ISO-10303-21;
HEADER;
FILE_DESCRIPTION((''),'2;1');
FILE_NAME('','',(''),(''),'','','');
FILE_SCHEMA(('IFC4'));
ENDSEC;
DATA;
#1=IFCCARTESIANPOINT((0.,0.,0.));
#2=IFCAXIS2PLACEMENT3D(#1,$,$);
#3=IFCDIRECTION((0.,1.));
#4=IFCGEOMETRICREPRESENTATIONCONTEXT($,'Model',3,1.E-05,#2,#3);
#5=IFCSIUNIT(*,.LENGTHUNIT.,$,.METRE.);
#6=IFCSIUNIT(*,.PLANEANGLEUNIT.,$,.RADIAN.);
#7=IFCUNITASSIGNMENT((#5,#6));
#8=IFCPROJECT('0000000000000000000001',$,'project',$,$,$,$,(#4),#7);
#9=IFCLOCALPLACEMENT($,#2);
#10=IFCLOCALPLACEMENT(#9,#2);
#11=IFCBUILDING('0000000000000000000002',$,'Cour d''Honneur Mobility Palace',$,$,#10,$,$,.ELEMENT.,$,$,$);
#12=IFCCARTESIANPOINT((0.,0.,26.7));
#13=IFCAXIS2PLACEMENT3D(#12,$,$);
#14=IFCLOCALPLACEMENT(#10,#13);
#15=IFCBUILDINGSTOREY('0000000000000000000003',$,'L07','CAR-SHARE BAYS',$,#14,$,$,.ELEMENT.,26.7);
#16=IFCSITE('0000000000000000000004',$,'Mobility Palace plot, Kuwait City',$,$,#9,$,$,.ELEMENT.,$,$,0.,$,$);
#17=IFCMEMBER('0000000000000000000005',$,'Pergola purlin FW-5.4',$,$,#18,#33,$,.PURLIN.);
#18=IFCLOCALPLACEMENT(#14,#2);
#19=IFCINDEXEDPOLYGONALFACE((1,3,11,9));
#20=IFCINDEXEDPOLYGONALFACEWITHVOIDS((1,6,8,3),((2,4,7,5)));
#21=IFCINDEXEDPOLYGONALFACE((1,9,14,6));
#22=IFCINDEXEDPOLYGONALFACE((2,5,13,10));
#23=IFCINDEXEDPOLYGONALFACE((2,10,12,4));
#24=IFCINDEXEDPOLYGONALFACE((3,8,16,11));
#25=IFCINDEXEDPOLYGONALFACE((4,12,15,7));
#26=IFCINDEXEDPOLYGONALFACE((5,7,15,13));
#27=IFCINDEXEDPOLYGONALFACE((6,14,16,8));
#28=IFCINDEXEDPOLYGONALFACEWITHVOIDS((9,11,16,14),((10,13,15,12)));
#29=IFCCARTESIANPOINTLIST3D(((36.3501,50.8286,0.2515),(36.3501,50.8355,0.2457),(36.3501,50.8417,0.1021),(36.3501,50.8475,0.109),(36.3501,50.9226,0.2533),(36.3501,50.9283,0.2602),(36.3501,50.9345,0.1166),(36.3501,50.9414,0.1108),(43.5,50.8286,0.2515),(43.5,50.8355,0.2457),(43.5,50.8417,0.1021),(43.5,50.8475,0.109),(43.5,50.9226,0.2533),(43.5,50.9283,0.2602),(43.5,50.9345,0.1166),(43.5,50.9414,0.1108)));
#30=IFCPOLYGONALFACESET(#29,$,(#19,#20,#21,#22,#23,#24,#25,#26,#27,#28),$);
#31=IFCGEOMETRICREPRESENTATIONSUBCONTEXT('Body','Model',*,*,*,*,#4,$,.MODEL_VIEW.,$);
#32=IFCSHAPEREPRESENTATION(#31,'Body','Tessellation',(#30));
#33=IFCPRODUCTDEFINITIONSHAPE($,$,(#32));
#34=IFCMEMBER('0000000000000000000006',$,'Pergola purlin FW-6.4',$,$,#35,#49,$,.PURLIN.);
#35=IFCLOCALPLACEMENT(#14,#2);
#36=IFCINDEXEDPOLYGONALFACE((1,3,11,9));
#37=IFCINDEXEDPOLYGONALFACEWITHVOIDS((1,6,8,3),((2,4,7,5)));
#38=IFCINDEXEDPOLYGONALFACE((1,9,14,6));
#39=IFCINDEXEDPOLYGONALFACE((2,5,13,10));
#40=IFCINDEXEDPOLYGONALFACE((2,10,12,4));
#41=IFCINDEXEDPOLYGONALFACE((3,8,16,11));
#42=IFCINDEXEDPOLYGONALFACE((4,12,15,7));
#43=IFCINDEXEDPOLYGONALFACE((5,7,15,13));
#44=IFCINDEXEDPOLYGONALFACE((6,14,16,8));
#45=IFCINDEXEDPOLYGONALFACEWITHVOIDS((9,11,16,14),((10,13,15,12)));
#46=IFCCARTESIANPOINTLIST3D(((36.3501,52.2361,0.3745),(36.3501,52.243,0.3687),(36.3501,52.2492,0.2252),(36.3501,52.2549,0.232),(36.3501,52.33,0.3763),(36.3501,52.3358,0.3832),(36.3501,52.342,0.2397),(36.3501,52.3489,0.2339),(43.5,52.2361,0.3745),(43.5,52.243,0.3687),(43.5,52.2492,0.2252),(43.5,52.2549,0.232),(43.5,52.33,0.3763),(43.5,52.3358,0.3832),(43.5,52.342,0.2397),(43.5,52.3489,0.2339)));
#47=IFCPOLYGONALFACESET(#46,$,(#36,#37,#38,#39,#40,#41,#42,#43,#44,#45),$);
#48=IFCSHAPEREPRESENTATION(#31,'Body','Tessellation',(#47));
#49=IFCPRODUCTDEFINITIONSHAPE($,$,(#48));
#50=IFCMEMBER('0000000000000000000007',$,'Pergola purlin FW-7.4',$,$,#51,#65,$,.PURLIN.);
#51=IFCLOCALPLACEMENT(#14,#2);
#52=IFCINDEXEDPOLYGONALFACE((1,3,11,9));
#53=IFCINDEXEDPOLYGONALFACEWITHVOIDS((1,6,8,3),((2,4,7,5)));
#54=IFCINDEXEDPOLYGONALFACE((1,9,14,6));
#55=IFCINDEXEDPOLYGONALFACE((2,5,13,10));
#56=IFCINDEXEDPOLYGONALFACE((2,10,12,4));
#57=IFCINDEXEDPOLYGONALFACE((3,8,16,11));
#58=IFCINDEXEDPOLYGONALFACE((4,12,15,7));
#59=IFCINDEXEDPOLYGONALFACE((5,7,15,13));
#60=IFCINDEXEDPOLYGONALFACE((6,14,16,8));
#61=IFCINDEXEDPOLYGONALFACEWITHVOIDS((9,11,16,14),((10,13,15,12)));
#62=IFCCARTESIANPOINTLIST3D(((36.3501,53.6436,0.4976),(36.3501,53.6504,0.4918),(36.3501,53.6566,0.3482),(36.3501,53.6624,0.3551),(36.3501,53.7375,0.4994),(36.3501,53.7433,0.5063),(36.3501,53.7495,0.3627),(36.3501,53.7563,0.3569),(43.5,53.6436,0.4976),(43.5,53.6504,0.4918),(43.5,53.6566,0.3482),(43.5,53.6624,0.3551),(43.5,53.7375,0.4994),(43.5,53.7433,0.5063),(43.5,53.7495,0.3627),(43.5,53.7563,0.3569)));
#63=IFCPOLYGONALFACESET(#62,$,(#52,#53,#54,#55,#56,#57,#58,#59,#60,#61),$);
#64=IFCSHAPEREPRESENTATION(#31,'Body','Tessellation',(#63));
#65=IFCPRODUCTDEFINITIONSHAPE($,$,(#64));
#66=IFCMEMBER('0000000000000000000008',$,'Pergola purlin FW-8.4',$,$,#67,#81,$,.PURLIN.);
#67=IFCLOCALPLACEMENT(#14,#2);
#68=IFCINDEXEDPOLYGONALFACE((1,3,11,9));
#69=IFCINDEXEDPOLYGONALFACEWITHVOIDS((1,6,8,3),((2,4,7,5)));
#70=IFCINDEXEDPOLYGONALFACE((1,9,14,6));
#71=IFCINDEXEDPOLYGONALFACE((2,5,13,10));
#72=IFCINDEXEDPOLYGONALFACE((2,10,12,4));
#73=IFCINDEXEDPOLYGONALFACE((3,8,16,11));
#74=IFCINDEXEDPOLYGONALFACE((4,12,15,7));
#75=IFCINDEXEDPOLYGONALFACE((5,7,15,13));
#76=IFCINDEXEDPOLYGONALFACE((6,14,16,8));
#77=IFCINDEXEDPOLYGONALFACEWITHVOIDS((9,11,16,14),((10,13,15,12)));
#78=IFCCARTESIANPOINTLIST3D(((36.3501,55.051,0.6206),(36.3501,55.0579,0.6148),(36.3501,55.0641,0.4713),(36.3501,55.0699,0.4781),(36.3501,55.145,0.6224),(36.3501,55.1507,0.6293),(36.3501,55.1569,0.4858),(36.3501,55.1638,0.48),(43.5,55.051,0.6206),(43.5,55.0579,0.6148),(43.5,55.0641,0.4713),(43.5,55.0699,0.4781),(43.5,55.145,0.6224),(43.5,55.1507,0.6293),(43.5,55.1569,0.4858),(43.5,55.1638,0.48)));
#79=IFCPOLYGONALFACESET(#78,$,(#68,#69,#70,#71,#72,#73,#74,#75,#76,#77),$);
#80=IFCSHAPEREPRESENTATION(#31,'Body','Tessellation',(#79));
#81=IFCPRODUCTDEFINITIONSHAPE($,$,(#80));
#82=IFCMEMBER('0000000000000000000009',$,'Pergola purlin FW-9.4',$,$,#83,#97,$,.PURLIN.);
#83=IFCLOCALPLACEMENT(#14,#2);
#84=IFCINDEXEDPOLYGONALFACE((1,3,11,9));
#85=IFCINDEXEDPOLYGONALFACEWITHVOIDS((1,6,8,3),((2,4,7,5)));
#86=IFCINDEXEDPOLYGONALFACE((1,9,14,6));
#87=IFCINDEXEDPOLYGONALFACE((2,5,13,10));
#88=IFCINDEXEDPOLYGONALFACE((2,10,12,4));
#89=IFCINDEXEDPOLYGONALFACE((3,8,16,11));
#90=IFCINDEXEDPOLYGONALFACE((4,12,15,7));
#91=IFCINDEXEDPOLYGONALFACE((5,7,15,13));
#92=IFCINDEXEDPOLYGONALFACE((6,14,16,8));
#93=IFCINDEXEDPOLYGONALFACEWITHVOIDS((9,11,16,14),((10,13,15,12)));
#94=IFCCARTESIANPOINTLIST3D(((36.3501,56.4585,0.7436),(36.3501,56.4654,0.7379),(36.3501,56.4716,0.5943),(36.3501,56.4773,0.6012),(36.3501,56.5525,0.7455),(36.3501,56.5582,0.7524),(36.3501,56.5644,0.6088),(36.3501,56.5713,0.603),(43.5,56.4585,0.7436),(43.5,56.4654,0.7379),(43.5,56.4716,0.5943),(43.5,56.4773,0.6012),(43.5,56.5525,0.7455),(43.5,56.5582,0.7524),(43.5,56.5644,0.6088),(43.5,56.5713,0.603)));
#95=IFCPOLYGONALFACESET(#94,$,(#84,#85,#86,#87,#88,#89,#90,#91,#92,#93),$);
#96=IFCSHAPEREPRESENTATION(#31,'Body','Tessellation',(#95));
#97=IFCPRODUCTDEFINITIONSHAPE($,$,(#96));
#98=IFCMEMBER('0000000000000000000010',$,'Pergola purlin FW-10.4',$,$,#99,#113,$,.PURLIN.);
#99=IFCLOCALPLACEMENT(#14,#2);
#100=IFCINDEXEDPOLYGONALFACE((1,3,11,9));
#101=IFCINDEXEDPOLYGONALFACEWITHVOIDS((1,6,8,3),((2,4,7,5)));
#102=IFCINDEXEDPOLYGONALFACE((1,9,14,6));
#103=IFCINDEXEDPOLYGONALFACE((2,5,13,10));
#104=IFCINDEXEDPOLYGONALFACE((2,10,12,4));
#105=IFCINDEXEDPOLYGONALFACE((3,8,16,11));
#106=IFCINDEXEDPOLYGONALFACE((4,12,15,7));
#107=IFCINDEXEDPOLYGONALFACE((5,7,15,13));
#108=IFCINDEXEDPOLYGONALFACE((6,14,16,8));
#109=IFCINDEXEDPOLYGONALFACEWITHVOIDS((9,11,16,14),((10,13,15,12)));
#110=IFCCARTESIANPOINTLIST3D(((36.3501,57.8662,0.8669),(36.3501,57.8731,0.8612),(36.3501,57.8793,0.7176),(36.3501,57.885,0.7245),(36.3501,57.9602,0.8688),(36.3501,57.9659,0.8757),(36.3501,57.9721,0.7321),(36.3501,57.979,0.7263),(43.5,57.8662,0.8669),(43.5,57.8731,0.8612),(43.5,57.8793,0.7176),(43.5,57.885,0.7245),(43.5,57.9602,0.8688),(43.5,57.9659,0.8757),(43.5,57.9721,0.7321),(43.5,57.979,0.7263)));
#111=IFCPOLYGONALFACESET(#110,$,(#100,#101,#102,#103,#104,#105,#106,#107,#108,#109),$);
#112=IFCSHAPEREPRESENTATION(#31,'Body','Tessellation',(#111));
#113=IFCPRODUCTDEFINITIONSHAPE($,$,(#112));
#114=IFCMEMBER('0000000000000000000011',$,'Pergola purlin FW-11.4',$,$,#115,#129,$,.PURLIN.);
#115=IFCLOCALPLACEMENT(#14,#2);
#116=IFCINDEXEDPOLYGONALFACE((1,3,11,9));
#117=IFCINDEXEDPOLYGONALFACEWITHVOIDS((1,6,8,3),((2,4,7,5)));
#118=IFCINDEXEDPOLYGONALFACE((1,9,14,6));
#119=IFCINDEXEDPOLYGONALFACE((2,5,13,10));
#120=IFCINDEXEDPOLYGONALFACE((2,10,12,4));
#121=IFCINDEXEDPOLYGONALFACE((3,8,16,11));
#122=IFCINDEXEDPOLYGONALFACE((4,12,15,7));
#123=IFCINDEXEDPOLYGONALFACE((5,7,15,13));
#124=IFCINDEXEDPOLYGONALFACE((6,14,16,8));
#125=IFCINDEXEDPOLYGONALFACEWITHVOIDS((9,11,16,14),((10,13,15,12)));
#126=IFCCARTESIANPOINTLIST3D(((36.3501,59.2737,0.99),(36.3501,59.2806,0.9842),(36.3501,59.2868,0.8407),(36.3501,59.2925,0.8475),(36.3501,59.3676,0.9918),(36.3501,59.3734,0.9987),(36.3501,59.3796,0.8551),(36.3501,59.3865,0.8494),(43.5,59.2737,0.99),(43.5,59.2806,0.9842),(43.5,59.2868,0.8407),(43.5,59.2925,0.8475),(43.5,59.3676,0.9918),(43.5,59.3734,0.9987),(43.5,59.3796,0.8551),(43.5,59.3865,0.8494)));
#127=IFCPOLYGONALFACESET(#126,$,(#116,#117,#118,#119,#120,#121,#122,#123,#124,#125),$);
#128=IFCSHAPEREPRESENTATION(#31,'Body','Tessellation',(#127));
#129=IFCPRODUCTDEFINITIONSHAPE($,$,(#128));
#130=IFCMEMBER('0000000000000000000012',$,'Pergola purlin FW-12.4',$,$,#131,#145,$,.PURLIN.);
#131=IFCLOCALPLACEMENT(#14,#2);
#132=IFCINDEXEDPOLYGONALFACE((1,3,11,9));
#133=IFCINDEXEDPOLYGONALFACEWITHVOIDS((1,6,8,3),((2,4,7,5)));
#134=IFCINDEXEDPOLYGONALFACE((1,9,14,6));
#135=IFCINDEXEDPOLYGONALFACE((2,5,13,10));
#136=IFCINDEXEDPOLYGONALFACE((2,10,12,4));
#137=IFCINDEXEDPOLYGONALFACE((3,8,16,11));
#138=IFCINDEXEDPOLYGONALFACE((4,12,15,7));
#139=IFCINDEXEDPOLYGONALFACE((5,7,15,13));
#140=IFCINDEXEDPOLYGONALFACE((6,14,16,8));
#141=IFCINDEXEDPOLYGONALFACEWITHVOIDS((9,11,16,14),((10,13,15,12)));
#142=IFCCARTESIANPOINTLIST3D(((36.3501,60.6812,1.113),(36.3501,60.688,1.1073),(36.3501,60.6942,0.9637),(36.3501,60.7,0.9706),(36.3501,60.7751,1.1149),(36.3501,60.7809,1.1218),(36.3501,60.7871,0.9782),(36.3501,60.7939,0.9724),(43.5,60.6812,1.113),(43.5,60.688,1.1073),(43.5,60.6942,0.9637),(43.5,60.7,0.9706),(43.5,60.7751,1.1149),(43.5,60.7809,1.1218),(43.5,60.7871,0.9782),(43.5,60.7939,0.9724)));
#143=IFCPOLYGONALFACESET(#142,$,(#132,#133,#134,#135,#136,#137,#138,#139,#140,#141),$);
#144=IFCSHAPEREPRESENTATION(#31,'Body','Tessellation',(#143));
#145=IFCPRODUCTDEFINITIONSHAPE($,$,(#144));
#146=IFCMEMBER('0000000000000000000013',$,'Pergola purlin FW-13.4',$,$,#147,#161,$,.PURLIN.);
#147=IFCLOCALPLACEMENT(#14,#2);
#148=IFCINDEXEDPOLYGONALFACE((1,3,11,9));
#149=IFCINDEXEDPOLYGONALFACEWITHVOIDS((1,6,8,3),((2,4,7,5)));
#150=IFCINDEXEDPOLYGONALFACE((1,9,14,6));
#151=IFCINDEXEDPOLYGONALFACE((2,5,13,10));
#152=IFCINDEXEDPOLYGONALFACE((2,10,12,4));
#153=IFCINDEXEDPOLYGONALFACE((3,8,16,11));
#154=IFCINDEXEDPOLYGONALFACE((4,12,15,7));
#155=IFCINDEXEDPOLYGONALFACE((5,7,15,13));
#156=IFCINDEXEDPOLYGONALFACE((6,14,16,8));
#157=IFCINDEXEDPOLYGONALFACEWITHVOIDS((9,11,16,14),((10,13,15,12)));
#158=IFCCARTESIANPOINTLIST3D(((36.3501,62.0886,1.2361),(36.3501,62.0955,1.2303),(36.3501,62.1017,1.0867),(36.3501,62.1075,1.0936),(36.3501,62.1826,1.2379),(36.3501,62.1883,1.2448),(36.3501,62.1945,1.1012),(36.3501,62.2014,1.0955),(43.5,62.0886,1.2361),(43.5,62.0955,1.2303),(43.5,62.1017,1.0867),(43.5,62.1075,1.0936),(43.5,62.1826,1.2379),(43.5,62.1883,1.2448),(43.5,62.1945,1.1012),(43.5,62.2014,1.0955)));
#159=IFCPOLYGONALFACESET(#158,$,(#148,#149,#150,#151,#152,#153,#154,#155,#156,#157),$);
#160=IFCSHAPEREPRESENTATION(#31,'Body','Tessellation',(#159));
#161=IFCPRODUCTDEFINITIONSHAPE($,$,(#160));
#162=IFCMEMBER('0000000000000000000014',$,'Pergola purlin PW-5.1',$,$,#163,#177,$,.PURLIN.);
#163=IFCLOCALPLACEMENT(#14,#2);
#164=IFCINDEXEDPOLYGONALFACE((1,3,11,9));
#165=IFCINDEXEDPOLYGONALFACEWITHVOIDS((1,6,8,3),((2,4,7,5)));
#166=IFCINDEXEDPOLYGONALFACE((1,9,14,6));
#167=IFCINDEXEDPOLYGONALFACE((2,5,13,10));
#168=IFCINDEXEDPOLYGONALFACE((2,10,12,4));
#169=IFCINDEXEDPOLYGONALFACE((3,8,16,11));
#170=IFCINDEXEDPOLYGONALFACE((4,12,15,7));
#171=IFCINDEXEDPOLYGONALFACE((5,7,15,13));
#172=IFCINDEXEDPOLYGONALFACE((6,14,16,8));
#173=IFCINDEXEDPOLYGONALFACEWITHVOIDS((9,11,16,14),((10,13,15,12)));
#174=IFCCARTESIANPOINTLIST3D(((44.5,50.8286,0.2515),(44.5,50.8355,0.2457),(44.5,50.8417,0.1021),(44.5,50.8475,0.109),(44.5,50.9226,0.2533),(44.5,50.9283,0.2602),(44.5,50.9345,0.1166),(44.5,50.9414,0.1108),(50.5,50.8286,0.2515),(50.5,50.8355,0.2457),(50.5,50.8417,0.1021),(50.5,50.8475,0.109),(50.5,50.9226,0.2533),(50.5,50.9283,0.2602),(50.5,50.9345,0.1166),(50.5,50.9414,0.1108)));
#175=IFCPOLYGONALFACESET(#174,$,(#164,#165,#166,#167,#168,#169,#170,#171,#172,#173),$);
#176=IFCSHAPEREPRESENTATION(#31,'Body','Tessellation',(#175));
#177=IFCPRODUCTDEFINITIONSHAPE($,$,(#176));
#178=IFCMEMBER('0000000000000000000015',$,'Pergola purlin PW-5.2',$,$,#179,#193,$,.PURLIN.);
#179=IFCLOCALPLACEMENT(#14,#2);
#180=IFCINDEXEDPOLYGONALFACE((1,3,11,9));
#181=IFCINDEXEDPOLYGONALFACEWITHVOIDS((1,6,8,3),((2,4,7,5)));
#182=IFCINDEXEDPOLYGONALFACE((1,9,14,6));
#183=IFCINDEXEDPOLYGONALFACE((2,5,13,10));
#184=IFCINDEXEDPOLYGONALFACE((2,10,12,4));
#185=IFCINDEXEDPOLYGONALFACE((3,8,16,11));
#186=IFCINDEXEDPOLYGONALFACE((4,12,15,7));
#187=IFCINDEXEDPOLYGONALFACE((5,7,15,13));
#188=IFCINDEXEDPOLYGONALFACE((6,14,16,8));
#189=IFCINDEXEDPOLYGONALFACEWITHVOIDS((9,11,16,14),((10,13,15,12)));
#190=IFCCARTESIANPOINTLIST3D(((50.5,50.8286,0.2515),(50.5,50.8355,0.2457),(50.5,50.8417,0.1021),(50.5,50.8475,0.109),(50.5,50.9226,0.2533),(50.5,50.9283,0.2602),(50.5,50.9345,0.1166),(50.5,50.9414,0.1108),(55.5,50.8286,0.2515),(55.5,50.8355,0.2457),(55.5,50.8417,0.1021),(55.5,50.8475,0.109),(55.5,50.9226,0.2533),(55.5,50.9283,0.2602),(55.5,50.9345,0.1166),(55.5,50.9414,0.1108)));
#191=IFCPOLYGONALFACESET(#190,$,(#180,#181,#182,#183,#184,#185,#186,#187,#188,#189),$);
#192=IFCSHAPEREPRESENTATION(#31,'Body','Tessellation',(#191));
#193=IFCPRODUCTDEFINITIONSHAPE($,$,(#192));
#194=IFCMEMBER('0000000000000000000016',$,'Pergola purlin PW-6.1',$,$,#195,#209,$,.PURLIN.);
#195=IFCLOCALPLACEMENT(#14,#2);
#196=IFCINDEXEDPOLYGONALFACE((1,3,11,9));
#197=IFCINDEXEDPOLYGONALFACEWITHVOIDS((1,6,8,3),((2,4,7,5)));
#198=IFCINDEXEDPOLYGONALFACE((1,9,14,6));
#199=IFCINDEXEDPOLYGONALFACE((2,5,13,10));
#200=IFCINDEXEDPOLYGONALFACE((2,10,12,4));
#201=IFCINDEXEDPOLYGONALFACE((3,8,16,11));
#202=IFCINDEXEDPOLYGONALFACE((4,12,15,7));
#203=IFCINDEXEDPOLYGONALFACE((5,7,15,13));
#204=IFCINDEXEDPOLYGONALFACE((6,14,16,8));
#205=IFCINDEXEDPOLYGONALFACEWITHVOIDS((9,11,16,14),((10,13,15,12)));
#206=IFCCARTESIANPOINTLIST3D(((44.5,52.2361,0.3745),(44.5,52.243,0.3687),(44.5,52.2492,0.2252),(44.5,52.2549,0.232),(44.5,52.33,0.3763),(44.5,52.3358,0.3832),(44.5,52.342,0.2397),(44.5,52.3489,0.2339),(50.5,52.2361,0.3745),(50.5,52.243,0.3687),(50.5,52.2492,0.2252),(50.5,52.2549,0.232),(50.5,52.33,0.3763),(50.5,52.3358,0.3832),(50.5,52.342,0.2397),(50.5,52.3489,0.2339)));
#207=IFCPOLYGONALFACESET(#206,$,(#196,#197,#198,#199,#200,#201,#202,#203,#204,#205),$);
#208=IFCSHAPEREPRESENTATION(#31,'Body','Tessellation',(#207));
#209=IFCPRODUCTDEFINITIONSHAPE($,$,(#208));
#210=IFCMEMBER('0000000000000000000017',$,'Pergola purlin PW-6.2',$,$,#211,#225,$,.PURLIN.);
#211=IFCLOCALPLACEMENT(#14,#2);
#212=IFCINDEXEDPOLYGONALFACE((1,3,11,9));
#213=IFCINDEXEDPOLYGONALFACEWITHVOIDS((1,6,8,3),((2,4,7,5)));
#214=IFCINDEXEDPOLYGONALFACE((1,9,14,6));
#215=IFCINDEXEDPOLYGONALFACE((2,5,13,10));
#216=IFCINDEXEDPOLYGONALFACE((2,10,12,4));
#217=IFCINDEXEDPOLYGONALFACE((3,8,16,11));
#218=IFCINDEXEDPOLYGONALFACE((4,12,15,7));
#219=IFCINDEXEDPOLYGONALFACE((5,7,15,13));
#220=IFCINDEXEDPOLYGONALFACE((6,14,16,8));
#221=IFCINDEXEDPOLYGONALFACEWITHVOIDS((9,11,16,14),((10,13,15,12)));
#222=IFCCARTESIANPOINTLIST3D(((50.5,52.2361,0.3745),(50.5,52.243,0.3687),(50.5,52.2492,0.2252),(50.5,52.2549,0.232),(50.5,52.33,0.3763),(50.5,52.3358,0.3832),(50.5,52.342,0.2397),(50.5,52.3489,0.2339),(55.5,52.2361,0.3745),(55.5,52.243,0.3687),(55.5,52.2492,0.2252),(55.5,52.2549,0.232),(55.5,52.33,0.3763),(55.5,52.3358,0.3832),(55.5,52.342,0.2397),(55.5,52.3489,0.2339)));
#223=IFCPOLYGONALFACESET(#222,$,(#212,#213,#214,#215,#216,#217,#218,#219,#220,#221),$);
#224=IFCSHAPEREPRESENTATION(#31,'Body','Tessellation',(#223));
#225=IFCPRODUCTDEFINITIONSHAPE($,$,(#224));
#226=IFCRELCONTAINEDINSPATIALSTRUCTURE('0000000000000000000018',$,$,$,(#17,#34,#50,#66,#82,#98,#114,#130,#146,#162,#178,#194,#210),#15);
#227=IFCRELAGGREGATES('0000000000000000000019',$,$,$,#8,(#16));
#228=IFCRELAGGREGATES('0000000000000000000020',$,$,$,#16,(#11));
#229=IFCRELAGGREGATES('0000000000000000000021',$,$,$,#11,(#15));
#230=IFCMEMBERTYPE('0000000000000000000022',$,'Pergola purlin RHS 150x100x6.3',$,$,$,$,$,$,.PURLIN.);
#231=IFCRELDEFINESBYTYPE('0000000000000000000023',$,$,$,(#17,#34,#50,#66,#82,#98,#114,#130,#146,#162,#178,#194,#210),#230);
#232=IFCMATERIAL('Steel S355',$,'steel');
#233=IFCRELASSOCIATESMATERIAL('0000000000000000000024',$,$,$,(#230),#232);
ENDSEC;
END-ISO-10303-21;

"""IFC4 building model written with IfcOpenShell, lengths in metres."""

from ifc_helpers import new_model, si_unit, direction, frame, origin, origin_2d, place, context, subcontext, project, spatial, hollow_rectangle, extrude, material, material_profile, profile_set, type_object, element, save


model = new_model("IFC4")

# Units and contexts
model_context = context("Model", 3, precision=1e-05, world=origin(), true_north=direction((0.0, 1.0)))
body_context = subcontext(model_context, "Body", "Model", "MODEL_VIEW")
ifc_project = project(units=[si_unit("LENGTHUNIT", "METRE"), si_unit("PLANEANGLEUNIT", "RADIAN")], contexts=[model_context])

# Site, building, storey
site_placement = place(None, origin())
site = spatial("IfcSite", under=ifc_project, at=site_placement, Name="Mobility Palace plot, Kuwait City", CompositionType="ELEMENT", RefElevation=0.0)
building_placement = place(site_placement, origin())
building = spatial("IfcBuilding", under=site, at=building_placement, Name="Cour d'Honneur Mobility Palace", CompositionType="ELEMENT")
storey_placement = place(building_placement, frame((0.0, 0.0, 26.7)))
storey = spatial("IfcBuildingStorey", under=building, at=storey_placement, Name="L07", Description="CAR-SHARE BAYS", CompositionType="ELEMENT", Elevation=26.7)

# Members
ifc_material_1 = material(Name="Steel S355", Category="steel")
ifc_material_profile = material_profile(ifc_material_1, hollow_rectangle(XDim=0.1001, YDim=0.1499, WallThickness=0.0063, at=origin_2d()), Name="RHS 150x100x6.3")
ifc_profile_set = profile_set([ifc_material_profile], Name="Steel S355")
member_type = type_object("IfcMemberType", Name="Pergola purlin RHS 150x100x6.3", PredefinedType="PURLIN", material=ifc_profile_set)
for number, where, z_axis, x_axis, name in (
    (1, (36.3501, 50.885, 0.1812), (1.0, 0.0, 0.0), (0.0, 0.996197, 0.087131), "Pergola purlin FW-5.4"),
    (2, (36.3501, 52.2925, 0.3042), (1.0, 0.0, 0.0), (0.0, 0.996197, 0.087131), "Pergola purlin FW-6.4"),
    (3, (36.3501, 53.7, 0.4272), (1.0, 0.0, 0.0), (0.0, 0.996197, 0.087131), "Pergola purlin FW-7.4"),
    (4, (36.3501, 55.1074, 0.5503), (1.0, 0.0, 0.0), (0.0, 0.996197, 0.087131), "Pergola purlin FW-8.4"),
    (5, (36.3501, 56.5149, 0.6733), (1.0, 0.0, 0.0), (0.0, 0.996197, 0.087131), "Pergola purlin FW-9.4"),
    (6, (36.3501, 57.9226, 0.7966), (1.0, 0.0, 0.0), (0.0, 0.996197, 0.087131), "Pergola purlin FW-10.4"),
    (7, (36.3501, 59.3301, 0.9197), (1.0, 0.0, 0.0), (0.0, 0.996197, 0.087131), "Pergola purlin FW-11.4"),
    (8, (36.3501, 60.7375, 1.0427), (1.0, 0.0, 0.0), (0.0, 0.996197, 0.087131), "Pergola purlin FW-12.4"),
    (9, (36.3501, 62.145, 1.1658), (1.0, 0.0, 0.0), (0.0, 0.996197, 0.087131), "Pergola purlin FW-13.4"),
):
    element("IfcMember", number, at=place(storey_placement, frame(where, z_axis=z_axis, x_axis=x_axis)), inside=storey, type_object=member_type, Name=name, PredefinedType="PURLIN", context=body_context, shape_type="SweptSolid", body=[
        extrude(hollow_rectangle(XDim=0.1001, YDim=0.1499, WallThickness=0.0063, at=origin_2d()), origin(), (0.0, 0.0, 1.0), 7.1499),
    ])
member_1_placement = place(storey_placement, frame((44.5, 50.885, 0.1812), z_axis=(1.0, 0.0, 0.0), x_axis=(0.0, 0.996197, 0.087131)))
element("IfcMember", 10, at=member_1_placement, inside=storey, type_object=member_type, Name="Pergola purlin PW-5.1", PredefinedType="PURLIN", context=body_context, shape_type="SweptSolid", body=[
    extrude(hollow_rectangle(XDim=0.1001, YDim=0.1499, WallThickness=0.0063, at=origin_2d()), origin(), (0.0, 0.0, 1.0), 6.0),
])
member_2_placement = place(storey_placement, frame((50.5, 50.885, 0.1812), z_axis=(1.0, 0.0, 0.0), x_axis=(0.0, 0.996197, 0.087131)))
element("IfcMember", 11, at=member_2_placement, inside=storey, type_object=member_type, Name="Pergola purlin PW-5.2", PredefinedType="PURLIN", context=body_context, shape_type="SweptSolid", body=[
    extrude(hollow_rectangle(XDim=0.1001, YDim=0.1499, WallThickness=0.0063, at=origin_2d()), origin(), (0.0, 0.0, 1.0), 5.0),
])
member_3_placement = place(storey_placement, frame((44.5, 52.2925, 0.3042), z_axis=(1.0, 0.0, 0.0), x_axis=(0.0, 0.996197, 0.087131)))
element("IfcMember", 12, at=member_3_placement, inside=storey, type_object=member_type, Name="Pergola purlin PW-6.1", PredefinedType="PURLIN", context=body_context, shape_type="SweptSolid", body=[
    extrude(hollow_rectangle(XDim=0.1001, YDim=0.1499, WallThickness=0.0063, at=origin_2d()), origin(), (0.0, 0.0, 1.0), 6.0),
])
member_4_placement = place(storey_placement, frame((50.5, 52.2925, 0.3042), z_axis=(1.0, 0.0, 0.0), x_axis=(0.0, 0.996197, 0.087131)))
element("IfcMember", 13, at=member_4_placement, inside=storey, type_object=member_type, Name="Pergola purlin PW-6.2", PredefinedType="PURLIN", context=body_context, shape_type="SweptSolid", body=[
    extrude(hollow_rectangle(XDim=0.1001, YDim=0.1499, WallThickness=0.0063, at=origin_2d()), origin(), (0.0, 0.0, 1.0), 5.0),
])

save(model, "model.ifc")
